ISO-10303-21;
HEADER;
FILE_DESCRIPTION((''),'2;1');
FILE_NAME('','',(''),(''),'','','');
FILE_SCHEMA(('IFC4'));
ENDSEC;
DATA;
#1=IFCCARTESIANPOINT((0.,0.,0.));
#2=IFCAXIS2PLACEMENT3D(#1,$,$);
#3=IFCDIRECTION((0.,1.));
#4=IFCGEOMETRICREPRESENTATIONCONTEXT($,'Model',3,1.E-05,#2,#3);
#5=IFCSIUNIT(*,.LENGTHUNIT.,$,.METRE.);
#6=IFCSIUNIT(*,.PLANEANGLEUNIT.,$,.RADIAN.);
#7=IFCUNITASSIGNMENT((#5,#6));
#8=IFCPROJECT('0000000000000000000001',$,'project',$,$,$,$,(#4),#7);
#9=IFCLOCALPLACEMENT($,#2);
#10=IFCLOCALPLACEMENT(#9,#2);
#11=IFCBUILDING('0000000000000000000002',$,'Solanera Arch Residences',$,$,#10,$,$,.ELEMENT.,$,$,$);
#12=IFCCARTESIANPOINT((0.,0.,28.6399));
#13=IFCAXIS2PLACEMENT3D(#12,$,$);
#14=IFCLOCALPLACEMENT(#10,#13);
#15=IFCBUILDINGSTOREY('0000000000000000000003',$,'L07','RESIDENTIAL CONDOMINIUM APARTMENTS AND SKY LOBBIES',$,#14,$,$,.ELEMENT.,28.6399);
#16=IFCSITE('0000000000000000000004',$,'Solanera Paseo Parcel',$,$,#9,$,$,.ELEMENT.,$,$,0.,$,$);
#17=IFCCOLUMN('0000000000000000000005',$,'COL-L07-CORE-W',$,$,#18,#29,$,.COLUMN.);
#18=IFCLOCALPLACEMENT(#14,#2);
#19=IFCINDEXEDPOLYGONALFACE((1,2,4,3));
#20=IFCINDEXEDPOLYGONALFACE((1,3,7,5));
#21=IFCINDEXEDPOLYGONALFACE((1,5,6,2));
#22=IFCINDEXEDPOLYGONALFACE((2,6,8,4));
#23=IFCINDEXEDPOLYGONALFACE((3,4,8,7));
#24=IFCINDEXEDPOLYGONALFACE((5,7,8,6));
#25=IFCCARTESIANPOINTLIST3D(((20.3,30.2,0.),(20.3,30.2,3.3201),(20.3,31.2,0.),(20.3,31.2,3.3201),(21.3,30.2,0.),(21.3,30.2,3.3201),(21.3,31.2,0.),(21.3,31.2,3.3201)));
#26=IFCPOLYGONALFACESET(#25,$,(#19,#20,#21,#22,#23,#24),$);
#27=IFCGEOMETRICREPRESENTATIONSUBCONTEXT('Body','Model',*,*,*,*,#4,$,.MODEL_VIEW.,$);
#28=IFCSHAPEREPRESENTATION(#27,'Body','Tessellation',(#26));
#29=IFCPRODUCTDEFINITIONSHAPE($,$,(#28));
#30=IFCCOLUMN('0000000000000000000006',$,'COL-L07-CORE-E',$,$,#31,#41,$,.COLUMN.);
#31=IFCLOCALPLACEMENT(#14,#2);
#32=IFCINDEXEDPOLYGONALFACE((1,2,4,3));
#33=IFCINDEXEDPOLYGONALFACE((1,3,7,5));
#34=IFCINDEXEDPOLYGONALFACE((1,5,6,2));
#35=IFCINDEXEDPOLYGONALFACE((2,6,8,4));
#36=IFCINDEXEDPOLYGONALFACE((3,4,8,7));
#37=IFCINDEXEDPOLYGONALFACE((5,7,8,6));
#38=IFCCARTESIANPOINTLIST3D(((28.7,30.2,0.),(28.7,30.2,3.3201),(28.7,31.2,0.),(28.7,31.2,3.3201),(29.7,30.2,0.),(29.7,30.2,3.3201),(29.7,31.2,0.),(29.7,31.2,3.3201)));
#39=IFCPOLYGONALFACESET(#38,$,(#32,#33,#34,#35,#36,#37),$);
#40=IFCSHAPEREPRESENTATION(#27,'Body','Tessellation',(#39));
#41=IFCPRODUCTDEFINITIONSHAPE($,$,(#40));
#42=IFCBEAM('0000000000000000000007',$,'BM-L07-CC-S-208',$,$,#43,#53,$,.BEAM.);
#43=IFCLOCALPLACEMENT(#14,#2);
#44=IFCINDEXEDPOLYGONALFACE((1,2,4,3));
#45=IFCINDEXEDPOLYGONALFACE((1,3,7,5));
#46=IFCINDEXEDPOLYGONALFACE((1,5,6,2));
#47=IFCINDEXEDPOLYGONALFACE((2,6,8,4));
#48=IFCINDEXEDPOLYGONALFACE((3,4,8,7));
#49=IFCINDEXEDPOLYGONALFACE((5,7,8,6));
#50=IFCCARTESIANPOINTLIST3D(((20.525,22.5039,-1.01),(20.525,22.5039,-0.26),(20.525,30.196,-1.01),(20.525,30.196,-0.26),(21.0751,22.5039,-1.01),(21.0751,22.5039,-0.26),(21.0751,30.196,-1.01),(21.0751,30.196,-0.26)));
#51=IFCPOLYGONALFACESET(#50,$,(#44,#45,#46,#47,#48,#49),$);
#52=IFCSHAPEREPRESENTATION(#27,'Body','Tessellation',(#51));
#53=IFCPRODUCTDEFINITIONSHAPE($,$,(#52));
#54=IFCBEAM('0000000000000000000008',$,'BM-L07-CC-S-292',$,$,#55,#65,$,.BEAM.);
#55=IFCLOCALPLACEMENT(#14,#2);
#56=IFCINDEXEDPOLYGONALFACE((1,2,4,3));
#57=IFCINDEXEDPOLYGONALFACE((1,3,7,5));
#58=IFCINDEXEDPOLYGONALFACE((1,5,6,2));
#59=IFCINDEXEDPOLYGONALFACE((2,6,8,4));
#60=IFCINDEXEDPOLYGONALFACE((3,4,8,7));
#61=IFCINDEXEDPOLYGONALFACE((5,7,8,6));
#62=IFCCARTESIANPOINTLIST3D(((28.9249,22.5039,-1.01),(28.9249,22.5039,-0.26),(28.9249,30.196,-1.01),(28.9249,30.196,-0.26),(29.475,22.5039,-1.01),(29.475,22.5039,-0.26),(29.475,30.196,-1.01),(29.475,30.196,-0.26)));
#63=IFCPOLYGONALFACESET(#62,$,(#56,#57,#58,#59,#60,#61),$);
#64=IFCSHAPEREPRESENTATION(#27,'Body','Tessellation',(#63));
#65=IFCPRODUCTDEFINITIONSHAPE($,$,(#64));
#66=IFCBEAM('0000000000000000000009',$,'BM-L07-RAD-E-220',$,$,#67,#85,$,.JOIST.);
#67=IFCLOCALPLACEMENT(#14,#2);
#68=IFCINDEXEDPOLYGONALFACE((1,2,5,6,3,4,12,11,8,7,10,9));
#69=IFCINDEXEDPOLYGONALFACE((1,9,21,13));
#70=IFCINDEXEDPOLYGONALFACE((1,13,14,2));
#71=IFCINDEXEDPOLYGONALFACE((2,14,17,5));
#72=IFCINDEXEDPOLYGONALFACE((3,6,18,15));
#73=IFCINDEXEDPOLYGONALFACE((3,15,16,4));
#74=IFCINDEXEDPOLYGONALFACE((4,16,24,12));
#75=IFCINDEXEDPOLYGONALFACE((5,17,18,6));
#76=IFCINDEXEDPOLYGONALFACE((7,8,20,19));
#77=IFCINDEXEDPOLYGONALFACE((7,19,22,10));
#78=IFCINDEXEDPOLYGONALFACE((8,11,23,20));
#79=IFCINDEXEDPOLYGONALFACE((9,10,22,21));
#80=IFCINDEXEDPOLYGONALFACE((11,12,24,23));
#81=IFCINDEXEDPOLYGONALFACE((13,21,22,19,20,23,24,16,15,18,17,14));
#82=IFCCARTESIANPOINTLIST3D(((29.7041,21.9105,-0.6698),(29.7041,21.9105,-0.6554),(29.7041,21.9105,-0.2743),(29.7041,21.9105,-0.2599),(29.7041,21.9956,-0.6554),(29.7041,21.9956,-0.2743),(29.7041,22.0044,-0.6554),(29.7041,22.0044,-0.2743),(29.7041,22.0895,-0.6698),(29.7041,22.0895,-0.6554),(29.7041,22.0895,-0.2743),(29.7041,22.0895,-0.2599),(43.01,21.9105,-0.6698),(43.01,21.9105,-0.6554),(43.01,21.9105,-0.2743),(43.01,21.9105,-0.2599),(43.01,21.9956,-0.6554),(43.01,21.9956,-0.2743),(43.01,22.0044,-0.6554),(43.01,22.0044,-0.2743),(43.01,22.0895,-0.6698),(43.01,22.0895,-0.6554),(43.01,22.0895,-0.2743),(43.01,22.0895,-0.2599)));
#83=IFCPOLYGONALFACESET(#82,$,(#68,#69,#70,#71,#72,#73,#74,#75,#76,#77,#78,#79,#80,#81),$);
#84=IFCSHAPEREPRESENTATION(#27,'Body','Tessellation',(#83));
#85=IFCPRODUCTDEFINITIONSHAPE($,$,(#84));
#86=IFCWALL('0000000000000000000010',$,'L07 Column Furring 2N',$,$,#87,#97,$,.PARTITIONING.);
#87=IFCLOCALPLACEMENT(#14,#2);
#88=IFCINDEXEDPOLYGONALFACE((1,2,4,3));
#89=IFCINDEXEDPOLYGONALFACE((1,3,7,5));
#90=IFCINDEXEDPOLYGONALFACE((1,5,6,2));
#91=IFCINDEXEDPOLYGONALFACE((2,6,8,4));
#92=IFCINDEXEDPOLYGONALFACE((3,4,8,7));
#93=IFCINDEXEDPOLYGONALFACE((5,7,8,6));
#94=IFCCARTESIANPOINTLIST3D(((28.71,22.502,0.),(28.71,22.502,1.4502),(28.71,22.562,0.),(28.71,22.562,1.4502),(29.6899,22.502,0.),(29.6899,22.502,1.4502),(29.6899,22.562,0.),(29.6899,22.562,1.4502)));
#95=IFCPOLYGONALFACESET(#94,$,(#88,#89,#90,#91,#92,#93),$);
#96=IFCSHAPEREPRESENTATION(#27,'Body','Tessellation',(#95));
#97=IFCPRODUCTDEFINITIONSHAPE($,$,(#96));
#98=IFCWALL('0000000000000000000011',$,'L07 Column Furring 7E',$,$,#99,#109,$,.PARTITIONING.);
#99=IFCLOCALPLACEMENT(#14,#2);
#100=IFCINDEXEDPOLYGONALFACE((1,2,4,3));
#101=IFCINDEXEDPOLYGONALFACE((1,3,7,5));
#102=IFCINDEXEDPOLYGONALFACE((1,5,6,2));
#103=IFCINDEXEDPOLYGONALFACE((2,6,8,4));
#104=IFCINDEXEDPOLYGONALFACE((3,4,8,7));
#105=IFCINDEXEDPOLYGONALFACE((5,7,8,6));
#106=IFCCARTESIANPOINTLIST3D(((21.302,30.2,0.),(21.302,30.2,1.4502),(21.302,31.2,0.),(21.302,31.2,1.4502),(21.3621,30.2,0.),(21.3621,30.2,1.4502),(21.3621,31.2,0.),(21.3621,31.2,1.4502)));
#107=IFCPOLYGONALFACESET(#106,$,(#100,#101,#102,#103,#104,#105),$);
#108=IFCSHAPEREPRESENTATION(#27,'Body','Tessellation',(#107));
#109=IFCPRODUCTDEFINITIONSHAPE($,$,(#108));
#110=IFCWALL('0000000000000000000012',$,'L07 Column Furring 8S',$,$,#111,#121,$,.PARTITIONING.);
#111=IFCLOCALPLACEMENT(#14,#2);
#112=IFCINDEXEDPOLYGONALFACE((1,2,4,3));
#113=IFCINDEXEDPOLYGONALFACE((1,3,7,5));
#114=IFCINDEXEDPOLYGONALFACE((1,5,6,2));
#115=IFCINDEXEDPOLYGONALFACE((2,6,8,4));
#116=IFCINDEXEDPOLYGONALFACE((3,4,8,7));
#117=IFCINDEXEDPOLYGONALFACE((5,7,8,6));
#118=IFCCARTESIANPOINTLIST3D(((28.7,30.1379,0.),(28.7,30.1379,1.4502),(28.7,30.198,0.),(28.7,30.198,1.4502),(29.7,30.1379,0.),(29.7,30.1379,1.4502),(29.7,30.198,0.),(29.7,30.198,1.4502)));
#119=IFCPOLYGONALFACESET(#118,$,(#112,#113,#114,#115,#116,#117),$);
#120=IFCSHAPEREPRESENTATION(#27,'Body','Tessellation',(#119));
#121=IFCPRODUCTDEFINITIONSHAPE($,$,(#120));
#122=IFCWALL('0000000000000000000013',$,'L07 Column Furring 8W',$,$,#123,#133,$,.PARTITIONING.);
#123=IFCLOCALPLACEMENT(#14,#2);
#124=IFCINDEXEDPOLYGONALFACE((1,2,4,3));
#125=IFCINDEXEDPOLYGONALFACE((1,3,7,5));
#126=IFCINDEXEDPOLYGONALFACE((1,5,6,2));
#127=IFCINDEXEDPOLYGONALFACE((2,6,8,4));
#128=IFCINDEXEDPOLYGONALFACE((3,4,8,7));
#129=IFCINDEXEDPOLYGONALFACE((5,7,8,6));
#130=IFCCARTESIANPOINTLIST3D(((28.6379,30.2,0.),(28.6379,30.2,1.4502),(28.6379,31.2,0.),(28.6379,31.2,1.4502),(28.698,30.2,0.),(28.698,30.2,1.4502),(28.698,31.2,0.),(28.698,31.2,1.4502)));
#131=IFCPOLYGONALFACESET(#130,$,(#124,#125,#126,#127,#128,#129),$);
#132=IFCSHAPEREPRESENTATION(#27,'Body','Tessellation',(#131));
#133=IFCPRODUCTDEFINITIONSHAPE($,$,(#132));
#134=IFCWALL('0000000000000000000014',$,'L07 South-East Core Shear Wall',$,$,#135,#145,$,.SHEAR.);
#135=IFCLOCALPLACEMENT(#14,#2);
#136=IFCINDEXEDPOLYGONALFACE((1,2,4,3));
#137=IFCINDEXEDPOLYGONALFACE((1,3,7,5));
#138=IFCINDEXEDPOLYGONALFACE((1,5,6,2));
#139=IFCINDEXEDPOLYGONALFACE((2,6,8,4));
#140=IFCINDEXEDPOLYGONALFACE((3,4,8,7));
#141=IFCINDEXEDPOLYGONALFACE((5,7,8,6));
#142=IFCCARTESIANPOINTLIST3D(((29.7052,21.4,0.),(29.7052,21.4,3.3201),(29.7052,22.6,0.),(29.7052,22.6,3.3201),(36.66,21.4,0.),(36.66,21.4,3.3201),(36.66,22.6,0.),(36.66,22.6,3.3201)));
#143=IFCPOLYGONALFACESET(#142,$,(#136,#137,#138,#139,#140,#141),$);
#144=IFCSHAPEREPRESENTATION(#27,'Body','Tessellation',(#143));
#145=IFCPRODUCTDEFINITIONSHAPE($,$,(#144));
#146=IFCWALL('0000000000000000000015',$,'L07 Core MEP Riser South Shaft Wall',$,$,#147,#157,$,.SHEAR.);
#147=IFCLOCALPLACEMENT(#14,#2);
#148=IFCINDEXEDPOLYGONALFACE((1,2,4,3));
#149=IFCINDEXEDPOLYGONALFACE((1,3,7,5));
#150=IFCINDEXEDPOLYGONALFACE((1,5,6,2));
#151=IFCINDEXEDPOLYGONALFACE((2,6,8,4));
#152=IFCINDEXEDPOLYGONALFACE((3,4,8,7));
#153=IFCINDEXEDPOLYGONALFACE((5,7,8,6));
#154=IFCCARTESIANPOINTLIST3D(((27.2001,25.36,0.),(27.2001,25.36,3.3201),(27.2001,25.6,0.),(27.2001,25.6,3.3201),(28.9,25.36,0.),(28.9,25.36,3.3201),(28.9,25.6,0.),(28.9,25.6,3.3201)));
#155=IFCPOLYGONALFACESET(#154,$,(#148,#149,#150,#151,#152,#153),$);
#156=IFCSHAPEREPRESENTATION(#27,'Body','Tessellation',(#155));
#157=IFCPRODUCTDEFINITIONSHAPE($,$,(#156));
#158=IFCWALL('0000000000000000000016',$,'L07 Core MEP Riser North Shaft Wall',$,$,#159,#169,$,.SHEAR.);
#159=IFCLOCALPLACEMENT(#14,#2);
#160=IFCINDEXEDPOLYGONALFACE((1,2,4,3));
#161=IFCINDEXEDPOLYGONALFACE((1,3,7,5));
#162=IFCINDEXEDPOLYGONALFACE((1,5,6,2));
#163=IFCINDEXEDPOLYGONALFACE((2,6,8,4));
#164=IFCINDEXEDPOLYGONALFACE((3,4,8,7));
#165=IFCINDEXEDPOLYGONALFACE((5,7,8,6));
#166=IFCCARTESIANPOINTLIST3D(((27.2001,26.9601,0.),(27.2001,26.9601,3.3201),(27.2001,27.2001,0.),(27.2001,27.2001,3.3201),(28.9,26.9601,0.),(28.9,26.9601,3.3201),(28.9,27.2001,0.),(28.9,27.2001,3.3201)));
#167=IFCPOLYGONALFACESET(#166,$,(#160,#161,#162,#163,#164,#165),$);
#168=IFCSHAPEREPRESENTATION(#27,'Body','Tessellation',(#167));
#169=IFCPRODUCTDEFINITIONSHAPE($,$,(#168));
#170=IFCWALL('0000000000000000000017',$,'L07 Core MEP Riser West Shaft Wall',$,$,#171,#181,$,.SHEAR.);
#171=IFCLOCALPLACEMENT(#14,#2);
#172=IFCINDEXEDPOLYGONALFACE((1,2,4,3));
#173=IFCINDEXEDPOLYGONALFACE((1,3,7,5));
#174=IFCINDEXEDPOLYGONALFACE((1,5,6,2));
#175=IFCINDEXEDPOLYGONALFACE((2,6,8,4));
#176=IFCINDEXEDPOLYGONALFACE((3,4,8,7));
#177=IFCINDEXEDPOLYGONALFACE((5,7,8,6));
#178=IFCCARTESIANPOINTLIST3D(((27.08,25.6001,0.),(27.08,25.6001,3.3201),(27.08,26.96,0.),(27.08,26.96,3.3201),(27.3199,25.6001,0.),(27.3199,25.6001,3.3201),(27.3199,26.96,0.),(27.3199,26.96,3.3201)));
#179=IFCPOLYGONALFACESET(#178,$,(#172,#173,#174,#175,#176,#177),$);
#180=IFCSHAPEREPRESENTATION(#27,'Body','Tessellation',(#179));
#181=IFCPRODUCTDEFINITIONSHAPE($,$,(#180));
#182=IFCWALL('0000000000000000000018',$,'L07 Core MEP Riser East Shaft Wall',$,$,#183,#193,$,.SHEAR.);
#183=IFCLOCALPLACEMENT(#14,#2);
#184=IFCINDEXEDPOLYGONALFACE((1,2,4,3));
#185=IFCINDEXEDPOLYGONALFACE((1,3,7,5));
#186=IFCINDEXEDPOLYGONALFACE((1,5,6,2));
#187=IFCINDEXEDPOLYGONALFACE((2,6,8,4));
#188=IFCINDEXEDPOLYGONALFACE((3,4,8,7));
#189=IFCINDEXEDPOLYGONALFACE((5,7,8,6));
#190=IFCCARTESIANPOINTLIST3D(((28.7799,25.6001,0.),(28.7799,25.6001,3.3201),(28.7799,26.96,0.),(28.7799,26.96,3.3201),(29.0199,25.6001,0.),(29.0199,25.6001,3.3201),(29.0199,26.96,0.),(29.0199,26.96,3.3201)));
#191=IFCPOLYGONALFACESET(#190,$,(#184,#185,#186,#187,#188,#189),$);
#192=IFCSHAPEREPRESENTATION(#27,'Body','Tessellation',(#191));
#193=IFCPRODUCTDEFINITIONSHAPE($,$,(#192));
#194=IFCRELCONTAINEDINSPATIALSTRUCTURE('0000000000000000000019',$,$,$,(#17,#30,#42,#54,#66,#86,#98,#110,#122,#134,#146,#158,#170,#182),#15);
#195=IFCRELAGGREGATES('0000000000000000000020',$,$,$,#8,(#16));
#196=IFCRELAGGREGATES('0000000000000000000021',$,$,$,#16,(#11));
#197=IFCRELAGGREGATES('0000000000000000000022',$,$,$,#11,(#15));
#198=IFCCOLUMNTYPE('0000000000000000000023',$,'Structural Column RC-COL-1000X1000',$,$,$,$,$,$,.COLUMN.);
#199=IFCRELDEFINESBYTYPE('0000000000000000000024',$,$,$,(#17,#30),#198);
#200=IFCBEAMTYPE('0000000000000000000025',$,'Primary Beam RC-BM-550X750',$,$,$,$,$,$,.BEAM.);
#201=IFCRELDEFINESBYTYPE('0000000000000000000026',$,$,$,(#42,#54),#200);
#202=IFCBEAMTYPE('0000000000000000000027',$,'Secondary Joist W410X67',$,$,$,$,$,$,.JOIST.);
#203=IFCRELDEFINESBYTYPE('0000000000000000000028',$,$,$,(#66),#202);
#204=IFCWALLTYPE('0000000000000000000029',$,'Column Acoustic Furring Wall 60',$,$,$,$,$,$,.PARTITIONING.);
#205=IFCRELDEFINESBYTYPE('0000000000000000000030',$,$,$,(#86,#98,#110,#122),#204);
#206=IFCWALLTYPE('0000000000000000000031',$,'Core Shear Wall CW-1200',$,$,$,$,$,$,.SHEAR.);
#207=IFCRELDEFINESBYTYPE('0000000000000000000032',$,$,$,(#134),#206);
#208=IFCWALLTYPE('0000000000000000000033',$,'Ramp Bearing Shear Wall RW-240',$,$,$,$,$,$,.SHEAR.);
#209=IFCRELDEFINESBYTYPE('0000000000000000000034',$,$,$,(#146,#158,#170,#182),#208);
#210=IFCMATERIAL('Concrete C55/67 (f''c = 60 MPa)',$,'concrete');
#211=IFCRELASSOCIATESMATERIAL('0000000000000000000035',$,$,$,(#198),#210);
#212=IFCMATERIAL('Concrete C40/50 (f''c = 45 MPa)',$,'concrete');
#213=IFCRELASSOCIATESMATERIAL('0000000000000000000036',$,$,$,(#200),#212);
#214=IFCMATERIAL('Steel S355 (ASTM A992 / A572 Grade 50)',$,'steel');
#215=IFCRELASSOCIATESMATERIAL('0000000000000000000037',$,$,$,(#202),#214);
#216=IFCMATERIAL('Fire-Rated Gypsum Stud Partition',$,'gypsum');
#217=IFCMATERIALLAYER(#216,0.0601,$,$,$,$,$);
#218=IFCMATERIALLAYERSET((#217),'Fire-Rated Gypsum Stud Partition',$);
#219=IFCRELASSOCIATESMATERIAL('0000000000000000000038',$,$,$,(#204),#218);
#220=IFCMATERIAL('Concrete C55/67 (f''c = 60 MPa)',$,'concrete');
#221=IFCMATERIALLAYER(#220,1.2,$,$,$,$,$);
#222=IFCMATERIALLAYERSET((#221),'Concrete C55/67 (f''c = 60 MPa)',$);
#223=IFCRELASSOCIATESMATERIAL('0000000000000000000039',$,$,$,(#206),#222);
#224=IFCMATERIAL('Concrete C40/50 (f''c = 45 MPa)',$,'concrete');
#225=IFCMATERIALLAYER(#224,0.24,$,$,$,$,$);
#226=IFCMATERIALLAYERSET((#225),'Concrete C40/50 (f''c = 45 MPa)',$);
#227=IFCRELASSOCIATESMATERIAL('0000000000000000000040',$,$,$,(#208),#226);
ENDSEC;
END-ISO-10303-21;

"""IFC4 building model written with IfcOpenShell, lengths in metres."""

from ifc_helpers import new_model, si_unit, direction, frame, frame_2d, origin, origin_2d, place, context, subcontext, project, spatial, rectangle, i_section, extrude, material, layer, layer_set, material_profile, profile_set, type_object, element, save


model = new_model("IFC4")

# Units and contexts
model_context = context("Model", 3, precision=1e-05, world=origin(), true_north=direction((0.0, 1.0)))
body_context = subcontext(model_context, "Body", "Model", "MODEL_VIEW")
ifc_project = project(units=[si_unit("LENGTHUNIT", "METRE"), si_unit("PLANEANGLEUNIT", "RADIAN")], contexts=[model_context])

# Site, building, storey
site_placement = place(None, origin())
site = spatial("IfcSite", under=ifc_project, at=site_placement, Name="Solanera Paseo Parcel", CompositionType="ELEMENT", RefElevation=0.0)
building_placement = place(site_placement, origin())
building = spatial("IfcBuilding", under=site, at=building_placement, Name="Solanera Arch Residences", CompositionType="ELEMENT")
storey_placement = place(building_placement, frame((0.0, 0.0, 28.6399)))
storey = spatial("IfcBuildingStorey", under=building, at=storey_placement, Name="L07", Description="RESIDENTIAL CONDOMINIUM APARTMENTS AND SKY LOBBIES", CompositionType="ELEMENT", Elevation=28.6399)

# Columns
ifc_material_1 = material(Name="Concrete C55/67 (f'c = 60 MPa)", Category="concrete")
ifc_material_profile_1 = material_profile(ifc_material_1, rectangle(XDim=1.0, YDim=1.0, at=origin_2d()))
ifc_profile_set_1 = profile_set([ifc_material_profile_1], Name="Concrete C55/67 (f'c = 60 MPa)")
column_type = type_object("IfcColumnType", Name="Structural Column RC-COL-1000X1000", PredefinedType="COLUMN", material=ifc_profile_set_1)
for number, where, z_axis, x_axis, name in (
    (1, (20.8, 30.7, 0.0), (0.0, 0.0, 1.0), (1.0, 0.0, 0.0), "COL-L07-CORE-W"),
    (2, (29.2, 30.7, 0.0), (0.0, 0.0, 1.0), (1.0, 0.0, 0.0), "COL-L07-CORE-E"),
):
    element("IfcColumn", number, at=place(storey_placement, frame(where, z_axis=z_axis, x_axis=x_axis)), inside=storey, type_object=column_type, Name=name, PredefinedType="COLUMN", context=body_context, shape_type="SweptSolid", body=[
        extrude(rectangle(XDim=1.0, YDim=1.0, at=origin_2d()), origin(), (0.0, 0.0, 1.0), 3.3201),
    ])

# Beams
ifc_material_2 = material(Name="Concrete C40/50 (f'c = 45 MPa)", Category="concrete")
ifc_material_profile_2 = material_profile(ifc_material_2, rectangle(XDim=0.55, YDim=0.75, at=origin_2d()))
ifc_profile_set_2 = profile_set([ifc_material_profile_2], Name="Concrete C40/50 (f'c = 45 MPa)")
beam_type_1 = type_object("IfcBeamType", Name="Primary Beam RC-BM-550X750", PredefinedType="BEAM", material=ifc_profile_set_2)
for number, where, z_axis, x_axis, name in (
    (3, (20.8, 22.5039, -0.635), (0.0, 1.0, 0.0), (-1.0, 0.0, 0.0), "BM-L07-CC-S-208"),
    (4, (29.2, 22.5039, -0.635), (0.0, 1.0, 0.0), (-1.0, 0.0, 0.0), "BM-L07-CC-S-292"),
):
    element("IfcBeam", number, at=place(storey_placement, frame(where, z_axis=z_axis, x_axis=x_axis)), inside=storey, type_object=beam_type_1, Name=name, PredefinedType="BEAM", context=body_context, shape_type="SweptSolid", body=[
        extrude(rectangle(XDim=0.55, YDim=0.75, at=origin_2d()), origin(), (0.0, 0.0, 1.0), 7.6921),
    ])
ifc_material_3 = material(Name="Steel S355 (ASTM A992 / A572 Grade 50)", Category="steel")
ifc_material_profile_3 = material_profile(ifc_material_3, i_section(OverallWidth=0.179, OverallDepth=0.4099, WebThickness=0.0088, FlangeThickness=0.0144, at=origin_2d()))
ifc_profile_set_3 = profile_set([ifc_material_profile_3], Name="Steel S355 (ASTM A992 / A572 Grade 50)")
beam_type_2 = type_object("IfcBeamType", Name="Secondary Joist W410X67", PredefinedType="JOIST", material=ifc_profile_set_3)
beam_placement = place(storey_placement, frame((29.7041, 22.0, -0.4648), z_axis=(1.0, 0.0, 0.0), x_axis=(0.0, 1.0, 0.0)))
element("IfcBeam", 5, at=beam_placement, inside=storey, type_object=beam_type_2, Name="BM-L07-RAD-E-220", PredefinedType="JOIST", context=body_context, shape_type="SweptSolid", body=[
    extrude(i_section(OverallWidth=0.179, OverallDepth=0.4099, WebThickness=0.0088, FlangeThickness=0.0144, at=origin_2d()), origin(), (0.0, 0.0, 1.0), 13.3059),
])

# Walls
ifc_material_4 = material(Name="Fire-Rated Gypsum Stud Partition", Category="gypsum")
ifc_layer_1 = layer(ifc_material_4, 0.0601)
ifc_layer_set_1 = layer_set([ifc_layer_1], Name="Fire-Rated Gypsum Stud Partition")
wall_type_1 = type_object("IfcWallType", Name="Column Acoustic Furring Wall 60", PredefinedType="PARTITIONING", material=ifc_layer_set_1)
wall_1_placement = place(storey_placement, frame((28.71, 22.532, 0.0), z_axis=(0.0, 0.0, 1.0), x_axis=(1.0, 0.0, 0.0)))
element("IfcWall", 6, at=wall_1_placement, inside=storey, type_object=wall_type_1, Name="L07 Column Furring 2N", PredefinedType="PARTITIONING", context=body_context, shape_type="SweptSolid", body=[
    extrude(rectangle(XDim=0.98, YDim=0.0601, at=frame_2d((0.49, 0.0))), origin(), (0.0, 0.0, 1.0), 1.4502),
])
for number, where, z_axis, x_axis, name in (
    (7, (21.332, 30.2, 0.0), (0.0, 0.0, 1.0), (0.0, 1.0, 0.0), "L07 Column Furring 7E"),
    (8, (28.7, 30.168, 0.0), (0.0, 0.0, 1.0), (1.0, 0.0, 0.0), "L07 Column Furring 8S"),
    (9, (28.668, 30.2, 0.0), (0.0, 0.0, 1.0), (0.0, 1.0, 0.0), "L07 Column Furring 8W"),
):
    element("IfcWall", number, at=place(storey_placement, frame(where, z_axis=z_axis, x_axis=x_axis)), inside=storey, type_object=wall_type_1, Name=name, PredefinedType="PARTITIONING", context=body_context, shape_type="SweptSolid", body=[
        extrude(rectangle(XDim=1.0, YDim=0.0601, at=frame_2d((0.5, 0.0))), origin(), (0.0, 0.0, 1.0), 1.4502),
    ])
ifc_material_5 = material(Name="Concrete C55/67 (f'c = 60 MPa)", Category="concrete")
ifc_layer_2 = layer(ifc_material_5, 1.2)
ifc_layer_set_2 = layer_set([ifc_layer_2], Name="Concrete C55/67 (f'c = 60 MPa)")
wall_type_2 = type_object("IfcWallType", Name="Core Shear Wall CW-1200", PredefinedType="SHEAR", material=ifc_layer_set_2)
wall_2_placement = place(storey_placement, frame((29.7051, 22.0, 0.0), z_axis=(0.0, 0.0, 1.0), x_axis=(1.0, 0.0, 0.0)))
element("IfcWall", 10, at=wall_2_placement, inside=storey, type_object=wall_type_2, Name="L07 South-East Core Shear Wall", PredefinedType="SHEAR", context=body_context, shape_type="SweptSolid", body=[
    extrude(rectangle(XDim=6.9548, YDim=1.2, at=frame_2d((3.4775, 0.0))), origin(), (0.0, 0.0, 1.0), 3.3201),
])
ifc_material_6 = material(Name="Concrete C40/50 (f'c = 45 MPa)", Category="concrete")
ifc_layer_3 = layer(ifc_material_6, 0.24)
ifc_layer_set_3 = layer_set([ifc_layer_3], Name="Concrete C40/50 (f'c = 45 MPa)")
wall_type_3 = type_object("IfcWallType", Name="Ramp Bearing Shear Wall RW-240", PredefinedType="SHEAR", material=ifc_layer_set_3)
for number, where, z_axis, x_axis, name in (
    (11, (27.2, 25.48, 0.0), (0.0, 0.0, 1.0), (1.0, 0.0, 0.0), "L07 Core MEP Riser South Shaft Wall"),
    (12, (27.2, 27.0801, 0.0), (0.0, 0.0, 1.0), (1.0, 0.0, 0.0), "L07 Core MEP Riser North Shaft Wall"),
):
    element("IfcWall", number, at=place(storey_placement, frame(where, z_axis=z_axis, x_axis=x_axis)), inside=storey, type_object=wall_type_3, Name=name, PredefinedType="SHEAR", context=body_context, shape_type="SweptSolid", body=[
        extrude(rectangle(XDim=1.7, YDim=0.24, at=frame_2d((0.8501, 0.0))), origin(), (0.0, 0.0, 1.0), 3.3201),
    ])
for number, where, z_axis, x_axis, name in (
    (13, (27.2, 25.6001, 0.0), (0.0, 0.0, 1.0), (0.0, 1.0, 0.0), "L07 Core MEP Riser West Shaft Wall"),
    (14, (28.8999, 25.6001, 0.0), (0.0, 0.0, 1.0), (0.0, 1.0, 0.0), "L07 Core MEP Riser East Shaft Wall"),
):
    element("IfcWall", number, at=place(storey_placement, frame(where, z_axis=z_axis, x_axis=x_axis)), inside=storey, type_object=wall_type_3, Name=name, PredefinedType="SHEAR", context=body_context, shape_type="SweptSolid", body=[
        extrude(rectangle(XDim=1.3599, YDim=0.24, at=frame_2d((0.6799, 0.0))), origin(), (0.0, 0.0, 1.0), 3.3201),
    ])

save(model, "model.ifc")
